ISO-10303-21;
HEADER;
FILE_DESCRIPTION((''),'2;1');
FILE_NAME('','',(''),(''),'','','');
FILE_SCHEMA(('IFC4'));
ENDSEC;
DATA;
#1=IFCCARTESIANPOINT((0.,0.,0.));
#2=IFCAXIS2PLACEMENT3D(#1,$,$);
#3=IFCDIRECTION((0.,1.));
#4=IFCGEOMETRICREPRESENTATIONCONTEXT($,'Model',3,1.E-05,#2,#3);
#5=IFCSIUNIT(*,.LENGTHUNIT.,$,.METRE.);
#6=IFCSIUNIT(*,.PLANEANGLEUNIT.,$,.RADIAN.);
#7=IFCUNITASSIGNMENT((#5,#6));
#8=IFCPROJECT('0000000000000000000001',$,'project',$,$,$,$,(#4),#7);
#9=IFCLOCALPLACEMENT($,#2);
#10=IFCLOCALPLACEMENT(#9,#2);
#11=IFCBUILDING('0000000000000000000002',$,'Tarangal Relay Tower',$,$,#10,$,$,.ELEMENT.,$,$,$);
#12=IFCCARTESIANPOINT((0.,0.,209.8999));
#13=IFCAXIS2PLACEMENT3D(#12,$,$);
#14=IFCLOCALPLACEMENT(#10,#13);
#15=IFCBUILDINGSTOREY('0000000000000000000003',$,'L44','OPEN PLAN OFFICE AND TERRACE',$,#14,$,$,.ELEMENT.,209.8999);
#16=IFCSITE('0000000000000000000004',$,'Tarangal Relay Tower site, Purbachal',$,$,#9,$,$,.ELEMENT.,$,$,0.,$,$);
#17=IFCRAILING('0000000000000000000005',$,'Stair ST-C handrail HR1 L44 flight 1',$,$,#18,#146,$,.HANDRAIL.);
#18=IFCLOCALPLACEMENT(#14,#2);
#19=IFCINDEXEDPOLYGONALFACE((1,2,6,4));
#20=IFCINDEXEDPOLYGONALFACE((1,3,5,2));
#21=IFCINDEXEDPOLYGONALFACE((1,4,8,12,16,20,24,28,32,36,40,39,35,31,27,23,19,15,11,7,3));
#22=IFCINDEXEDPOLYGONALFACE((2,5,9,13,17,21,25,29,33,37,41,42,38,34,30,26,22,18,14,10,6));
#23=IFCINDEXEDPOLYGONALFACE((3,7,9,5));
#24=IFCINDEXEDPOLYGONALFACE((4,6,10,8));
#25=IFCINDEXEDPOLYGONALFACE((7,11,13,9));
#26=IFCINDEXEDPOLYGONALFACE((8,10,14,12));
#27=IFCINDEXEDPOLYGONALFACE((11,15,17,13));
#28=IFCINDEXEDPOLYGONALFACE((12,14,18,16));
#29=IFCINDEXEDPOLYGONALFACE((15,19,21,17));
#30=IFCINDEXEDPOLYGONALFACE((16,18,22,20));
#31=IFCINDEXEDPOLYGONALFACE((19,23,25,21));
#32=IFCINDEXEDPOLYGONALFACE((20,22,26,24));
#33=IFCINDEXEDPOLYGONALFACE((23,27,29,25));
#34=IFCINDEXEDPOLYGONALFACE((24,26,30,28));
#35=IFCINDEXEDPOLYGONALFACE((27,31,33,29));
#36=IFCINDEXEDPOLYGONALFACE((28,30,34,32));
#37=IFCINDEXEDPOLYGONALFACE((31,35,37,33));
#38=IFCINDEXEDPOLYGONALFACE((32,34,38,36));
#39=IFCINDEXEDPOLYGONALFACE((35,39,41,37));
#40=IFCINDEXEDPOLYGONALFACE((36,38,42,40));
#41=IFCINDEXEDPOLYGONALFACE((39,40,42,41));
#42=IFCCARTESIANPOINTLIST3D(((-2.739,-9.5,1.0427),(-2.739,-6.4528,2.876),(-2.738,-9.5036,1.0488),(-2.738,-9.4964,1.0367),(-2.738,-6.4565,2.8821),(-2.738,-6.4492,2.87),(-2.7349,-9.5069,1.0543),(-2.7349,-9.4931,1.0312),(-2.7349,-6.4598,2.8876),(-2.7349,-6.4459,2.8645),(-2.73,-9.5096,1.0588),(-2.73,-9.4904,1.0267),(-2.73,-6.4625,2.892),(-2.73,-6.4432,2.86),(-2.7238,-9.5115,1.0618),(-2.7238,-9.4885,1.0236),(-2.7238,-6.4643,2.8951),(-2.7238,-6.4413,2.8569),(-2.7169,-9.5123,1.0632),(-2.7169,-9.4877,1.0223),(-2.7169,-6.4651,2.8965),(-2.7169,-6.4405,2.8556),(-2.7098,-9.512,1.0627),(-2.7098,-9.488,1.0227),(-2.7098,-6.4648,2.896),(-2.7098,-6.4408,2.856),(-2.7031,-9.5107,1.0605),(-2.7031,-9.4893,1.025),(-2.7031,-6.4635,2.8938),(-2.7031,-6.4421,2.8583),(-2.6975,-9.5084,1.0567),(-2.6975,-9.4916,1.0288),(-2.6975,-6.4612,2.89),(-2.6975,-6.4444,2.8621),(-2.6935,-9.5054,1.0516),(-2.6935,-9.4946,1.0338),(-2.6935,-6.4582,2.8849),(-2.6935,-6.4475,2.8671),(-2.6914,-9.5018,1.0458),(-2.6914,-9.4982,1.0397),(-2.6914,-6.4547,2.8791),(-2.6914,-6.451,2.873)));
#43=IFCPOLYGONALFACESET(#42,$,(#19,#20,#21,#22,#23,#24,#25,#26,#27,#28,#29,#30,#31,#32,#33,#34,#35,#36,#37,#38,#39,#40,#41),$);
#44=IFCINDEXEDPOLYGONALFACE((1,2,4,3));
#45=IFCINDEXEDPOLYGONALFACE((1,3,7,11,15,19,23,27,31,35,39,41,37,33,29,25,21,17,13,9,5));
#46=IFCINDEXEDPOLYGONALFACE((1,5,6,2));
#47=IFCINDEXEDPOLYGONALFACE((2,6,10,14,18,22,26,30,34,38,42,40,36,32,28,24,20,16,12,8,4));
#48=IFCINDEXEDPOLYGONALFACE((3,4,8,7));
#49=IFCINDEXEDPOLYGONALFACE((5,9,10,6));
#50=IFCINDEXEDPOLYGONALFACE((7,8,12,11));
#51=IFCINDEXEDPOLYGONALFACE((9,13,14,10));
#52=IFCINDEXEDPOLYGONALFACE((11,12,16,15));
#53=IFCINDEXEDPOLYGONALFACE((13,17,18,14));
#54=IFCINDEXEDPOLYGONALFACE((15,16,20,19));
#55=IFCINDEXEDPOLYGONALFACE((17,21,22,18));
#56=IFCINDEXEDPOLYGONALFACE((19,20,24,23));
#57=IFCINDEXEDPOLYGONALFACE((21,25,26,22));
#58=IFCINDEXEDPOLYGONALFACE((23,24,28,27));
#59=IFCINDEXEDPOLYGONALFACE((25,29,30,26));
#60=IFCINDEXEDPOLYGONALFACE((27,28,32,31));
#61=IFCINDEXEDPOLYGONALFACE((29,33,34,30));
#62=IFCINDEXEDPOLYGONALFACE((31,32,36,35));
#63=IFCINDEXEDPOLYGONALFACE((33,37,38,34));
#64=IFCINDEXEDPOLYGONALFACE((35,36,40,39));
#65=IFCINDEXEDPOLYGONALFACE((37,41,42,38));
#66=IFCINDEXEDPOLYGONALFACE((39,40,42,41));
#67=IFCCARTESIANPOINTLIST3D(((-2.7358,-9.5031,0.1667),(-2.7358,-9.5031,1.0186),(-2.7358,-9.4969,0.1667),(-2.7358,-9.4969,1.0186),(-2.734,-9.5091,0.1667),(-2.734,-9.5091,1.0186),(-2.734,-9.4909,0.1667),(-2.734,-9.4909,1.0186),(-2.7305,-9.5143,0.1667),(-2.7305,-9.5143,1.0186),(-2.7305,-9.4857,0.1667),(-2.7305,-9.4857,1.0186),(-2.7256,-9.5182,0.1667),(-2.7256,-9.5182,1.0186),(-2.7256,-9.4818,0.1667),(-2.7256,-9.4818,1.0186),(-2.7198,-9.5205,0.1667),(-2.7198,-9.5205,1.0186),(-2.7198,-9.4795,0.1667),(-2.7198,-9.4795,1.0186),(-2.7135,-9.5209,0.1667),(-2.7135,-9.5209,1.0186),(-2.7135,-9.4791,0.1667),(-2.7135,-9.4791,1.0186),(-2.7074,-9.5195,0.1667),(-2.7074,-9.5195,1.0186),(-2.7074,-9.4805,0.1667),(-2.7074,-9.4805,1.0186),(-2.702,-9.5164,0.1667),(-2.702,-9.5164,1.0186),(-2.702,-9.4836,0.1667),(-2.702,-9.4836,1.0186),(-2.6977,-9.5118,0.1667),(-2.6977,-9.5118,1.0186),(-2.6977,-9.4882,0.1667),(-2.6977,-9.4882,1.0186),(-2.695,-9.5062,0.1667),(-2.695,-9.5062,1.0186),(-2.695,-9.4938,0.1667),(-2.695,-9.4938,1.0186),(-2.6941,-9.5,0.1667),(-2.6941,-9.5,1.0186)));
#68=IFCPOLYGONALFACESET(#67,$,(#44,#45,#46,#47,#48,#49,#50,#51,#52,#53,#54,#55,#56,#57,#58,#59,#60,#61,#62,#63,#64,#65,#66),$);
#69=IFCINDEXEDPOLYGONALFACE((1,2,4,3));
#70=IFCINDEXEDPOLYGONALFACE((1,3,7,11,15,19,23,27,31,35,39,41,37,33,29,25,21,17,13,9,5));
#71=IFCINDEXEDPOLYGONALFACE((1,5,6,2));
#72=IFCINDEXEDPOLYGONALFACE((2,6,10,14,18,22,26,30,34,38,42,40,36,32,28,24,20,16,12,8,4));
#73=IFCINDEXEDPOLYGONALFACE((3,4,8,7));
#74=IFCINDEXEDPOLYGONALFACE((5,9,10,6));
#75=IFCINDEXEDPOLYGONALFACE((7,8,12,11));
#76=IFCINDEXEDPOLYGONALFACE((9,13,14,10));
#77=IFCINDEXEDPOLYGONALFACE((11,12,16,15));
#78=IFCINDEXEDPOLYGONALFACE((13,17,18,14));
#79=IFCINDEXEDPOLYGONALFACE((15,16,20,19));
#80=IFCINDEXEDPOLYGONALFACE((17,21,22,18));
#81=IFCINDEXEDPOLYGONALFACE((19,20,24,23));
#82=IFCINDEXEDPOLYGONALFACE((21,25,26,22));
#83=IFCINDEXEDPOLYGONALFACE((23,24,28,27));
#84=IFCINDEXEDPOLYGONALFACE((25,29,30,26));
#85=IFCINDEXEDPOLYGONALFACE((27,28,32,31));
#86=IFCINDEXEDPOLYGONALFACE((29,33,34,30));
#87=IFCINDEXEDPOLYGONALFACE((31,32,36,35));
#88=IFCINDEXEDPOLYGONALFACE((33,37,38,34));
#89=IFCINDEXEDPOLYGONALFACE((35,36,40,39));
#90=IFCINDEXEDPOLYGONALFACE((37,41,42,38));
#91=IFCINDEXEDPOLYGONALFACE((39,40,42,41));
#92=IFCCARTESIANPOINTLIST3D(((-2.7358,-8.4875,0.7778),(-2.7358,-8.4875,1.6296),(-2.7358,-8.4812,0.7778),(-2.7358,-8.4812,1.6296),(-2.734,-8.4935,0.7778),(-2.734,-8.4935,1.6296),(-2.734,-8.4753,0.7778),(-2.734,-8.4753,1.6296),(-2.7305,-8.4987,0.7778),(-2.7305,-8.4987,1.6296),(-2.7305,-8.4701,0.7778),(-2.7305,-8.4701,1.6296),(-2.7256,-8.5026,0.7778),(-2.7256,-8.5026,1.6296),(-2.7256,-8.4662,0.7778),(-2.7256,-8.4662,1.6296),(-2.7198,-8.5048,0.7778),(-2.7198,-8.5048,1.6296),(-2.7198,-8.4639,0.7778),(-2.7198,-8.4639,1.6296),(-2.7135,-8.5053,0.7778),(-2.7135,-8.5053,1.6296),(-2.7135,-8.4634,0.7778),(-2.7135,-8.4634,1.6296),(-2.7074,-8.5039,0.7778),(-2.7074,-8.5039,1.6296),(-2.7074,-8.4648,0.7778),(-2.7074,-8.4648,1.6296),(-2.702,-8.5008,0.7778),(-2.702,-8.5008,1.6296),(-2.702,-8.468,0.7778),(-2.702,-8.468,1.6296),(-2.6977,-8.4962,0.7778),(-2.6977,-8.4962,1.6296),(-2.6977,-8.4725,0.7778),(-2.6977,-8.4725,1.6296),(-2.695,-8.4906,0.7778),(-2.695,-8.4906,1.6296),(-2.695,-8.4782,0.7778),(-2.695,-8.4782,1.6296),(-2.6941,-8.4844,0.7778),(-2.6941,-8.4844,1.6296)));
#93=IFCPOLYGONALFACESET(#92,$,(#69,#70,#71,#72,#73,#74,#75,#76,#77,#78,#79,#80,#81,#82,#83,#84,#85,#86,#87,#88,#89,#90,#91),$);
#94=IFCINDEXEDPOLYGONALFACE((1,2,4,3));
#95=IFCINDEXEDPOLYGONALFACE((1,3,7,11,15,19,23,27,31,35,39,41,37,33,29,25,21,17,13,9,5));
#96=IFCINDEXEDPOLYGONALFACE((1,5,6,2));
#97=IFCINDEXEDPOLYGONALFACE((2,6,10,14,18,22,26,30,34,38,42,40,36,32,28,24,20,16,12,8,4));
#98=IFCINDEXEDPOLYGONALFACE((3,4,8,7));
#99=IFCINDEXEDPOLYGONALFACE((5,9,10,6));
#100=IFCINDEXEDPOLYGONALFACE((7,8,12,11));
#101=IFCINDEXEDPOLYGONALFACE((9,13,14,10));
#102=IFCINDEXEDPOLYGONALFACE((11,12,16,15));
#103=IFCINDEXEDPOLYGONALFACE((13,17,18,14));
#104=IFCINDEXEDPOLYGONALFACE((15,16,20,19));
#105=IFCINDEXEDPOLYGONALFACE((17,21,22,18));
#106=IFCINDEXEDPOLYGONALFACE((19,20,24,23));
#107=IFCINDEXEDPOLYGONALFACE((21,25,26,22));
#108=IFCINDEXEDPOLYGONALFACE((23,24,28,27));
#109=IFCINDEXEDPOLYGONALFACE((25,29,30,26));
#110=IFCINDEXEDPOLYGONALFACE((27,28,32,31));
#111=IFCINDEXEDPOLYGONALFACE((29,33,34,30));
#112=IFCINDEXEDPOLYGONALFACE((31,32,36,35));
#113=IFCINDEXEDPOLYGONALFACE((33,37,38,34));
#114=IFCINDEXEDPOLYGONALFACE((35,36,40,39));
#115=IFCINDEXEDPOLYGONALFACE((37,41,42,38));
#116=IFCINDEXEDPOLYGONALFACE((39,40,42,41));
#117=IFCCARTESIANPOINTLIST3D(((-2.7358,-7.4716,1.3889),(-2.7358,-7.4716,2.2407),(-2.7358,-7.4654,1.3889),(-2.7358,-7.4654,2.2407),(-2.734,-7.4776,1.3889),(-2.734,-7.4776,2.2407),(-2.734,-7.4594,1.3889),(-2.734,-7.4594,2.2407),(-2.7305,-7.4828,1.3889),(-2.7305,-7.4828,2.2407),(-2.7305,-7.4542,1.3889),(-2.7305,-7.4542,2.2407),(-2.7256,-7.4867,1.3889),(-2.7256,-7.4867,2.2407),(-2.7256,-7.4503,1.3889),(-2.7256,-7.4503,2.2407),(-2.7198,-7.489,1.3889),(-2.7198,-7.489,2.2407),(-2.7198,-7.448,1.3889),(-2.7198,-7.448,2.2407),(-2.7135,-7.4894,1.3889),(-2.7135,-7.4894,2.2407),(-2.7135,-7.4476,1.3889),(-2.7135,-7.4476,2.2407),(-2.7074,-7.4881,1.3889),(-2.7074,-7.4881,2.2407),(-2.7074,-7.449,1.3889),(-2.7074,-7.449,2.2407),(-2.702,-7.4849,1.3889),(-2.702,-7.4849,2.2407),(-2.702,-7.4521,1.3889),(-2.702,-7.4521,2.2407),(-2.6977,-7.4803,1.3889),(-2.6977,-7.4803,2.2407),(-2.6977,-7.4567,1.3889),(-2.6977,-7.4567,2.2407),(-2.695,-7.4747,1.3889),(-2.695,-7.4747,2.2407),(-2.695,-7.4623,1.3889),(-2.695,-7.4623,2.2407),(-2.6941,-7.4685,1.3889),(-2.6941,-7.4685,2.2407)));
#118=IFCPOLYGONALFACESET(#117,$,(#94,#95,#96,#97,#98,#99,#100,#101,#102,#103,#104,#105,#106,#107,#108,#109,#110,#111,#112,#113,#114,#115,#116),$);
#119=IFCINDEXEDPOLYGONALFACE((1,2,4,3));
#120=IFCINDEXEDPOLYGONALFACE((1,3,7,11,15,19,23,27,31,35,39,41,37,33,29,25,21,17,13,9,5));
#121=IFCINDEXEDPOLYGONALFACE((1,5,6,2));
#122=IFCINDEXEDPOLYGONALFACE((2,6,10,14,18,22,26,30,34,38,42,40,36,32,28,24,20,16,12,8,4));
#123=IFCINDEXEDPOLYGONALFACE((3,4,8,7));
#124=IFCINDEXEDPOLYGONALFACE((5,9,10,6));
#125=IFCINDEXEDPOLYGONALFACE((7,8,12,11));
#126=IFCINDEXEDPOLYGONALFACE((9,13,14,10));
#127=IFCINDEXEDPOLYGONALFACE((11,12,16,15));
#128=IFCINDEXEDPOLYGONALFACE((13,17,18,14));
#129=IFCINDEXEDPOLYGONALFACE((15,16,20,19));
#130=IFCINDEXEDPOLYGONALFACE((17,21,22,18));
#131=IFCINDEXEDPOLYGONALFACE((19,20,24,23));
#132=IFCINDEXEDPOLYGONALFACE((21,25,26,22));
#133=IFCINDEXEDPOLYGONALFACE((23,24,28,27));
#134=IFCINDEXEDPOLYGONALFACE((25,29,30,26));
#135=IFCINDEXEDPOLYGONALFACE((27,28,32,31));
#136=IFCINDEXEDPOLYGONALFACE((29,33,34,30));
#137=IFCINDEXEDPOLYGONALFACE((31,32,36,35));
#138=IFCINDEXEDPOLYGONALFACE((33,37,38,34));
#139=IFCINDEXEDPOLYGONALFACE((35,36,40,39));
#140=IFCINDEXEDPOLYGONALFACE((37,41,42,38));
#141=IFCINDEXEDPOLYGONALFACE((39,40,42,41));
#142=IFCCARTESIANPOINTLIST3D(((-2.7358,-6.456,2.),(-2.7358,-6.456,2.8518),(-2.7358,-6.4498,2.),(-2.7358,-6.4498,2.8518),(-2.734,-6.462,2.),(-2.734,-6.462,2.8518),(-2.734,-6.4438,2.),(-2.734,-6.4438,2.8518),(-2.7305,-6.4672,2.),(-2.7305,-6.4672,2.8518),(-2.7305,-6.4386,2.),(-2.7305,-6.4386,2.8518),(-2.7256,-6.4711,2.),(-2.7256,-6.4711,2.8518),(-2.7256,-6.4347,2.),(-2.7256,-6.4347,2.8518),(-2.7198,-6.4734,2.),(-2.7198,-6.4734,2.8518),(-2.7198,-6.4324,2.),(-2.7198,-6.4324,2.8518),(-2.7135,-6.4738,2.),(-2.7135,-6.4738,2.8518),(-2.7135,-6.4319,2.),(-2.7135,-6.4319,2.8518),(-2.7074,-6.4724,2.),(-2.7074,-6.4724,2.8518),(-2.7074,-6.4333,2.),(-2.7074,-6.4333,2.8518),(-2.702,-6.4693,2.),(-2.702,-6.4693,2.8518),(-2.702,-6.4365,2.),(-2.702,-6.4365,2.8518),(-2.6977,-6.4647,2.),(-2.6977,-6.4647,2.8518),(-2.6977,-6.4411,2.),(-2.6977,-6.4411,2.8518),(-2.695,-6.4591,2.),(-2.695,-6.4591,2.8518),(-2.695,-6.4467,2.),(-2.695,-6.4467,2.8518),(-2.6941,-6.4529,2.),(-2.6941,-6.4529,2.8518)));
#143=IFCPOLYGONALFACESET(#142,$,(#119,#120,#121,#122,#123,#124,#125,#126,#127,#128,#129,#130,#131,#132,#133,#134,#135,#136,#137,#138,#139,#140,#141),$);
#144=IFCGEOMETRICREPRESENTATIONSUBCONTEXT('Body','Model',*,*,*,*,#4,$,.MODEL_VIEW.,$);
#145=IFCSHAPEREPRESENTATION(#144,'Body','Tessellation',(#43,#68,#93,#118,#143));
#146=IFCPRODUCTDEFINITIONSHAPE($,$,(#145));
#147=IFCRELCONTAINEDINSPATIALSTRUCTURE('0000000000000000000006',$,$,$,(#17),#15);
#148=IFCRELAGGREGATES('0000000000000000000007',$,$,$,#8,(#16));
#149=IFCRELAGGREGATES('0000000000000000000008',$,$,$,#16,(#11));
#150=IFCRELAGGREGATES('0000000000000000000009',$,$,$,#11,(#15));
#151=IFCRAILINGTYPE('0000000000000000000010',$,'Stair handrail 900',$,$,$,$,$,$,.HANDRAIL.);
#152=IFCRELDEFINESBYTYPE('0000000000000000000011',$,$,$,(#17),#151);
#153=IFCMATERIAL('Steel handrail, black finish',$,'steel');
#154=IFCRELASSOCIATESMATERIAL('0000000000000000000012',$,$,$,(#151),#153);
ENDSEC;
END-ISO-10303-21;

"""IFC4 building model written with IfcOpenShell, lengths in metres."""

from ifc_helpers import new_model, si_unit, direction, frame, origin, origin_2d, place, context, subcontext, project, spatial, circle, extrude, material, type_object, element, save


model = new_model("IFC4")

# Units and contexts
model_context = context("Model", 3, precision=1e-05, world=origin(), true_north=direction((0.0, 1.0)))
body_context = subcontext(model_context, "Body", "Model", "MODEL_VIEW")
ifc_project = project(units=[si_unit("LENGTHUNIT", "METRE"), si_unit("PLANEANGLEUNIT", "RADIAN")], contexts=[model_context])

# Site, building, storey
site_placement = place(None, origin())
site = spatial("IfcSite", under=ifc_project, at=site_placement, Name="Tarangal Relay Tower site, Purbachal", CompositionType="ELEMENT", RefElevation=0.0)
building_placement = place(site_placement, origin())
building = spatial("IfcBuilding", under=site, at=building_placement, Name="Tarangal Relay Tower", CompositionType="ELEMENT")
storey_placement = place(building_placement, frame((0.0, 0.0, 209.8999)))
storey = spatial("IfcBuildingStorey", under=building, at=storey_placement, Name="L44", Description="OPEN PLAN OFFICE AND TERRACE", CompositionType="ELEMENT", Elevation=209.8999)

# Railing
ifc_material_1 = material(Name="Steel handrail, black finish", Category="steel")
railing_type_1 = type_object("IfcRailingType", Name="Stair handrail 900", PredefinedType="HANDRAIL", material=ifc_material_1)
railing_1_placement = place(storey_placement, frame((-2.7151, -9.5, 0.1667)))
element("IfcRailing", 1, at=railing_1_placement, inside=storey, type_object=railing_type_1, Name="Stair ST-C handrail HR1 L44 flight 1", PredefinedType="HANDRAIL", context=body_context, shape_type="SweptSolid", body=[
    extrude(circle(Radius=0.0239, at=origin_2d()), frame((0.0, 0.0, 0.876), z_axis=(0.0, 0.856874, 0.515525), x_axis=(-1.0, 0.0, 0.0)), (0.0, 0.0, 1.0), 3.5562),
    extrude(circle(Radius=0.021, at=origin_2d()), origin(), (0.0, 0.0, 1.0), 0.8518),
    extrude(circle(Radius=0.021, at=origin_2d()), frame((0.0, 1.0156, 0.6111)), (0.0, 0.0, 1.0), 0.8518),
    extrude(circle(Radius=0.021, at=origin_2d()), frame((0.0, 2.0315, 1.2222)), (0.0, 0.0, 1.0), 0.8518),
    extrude(circle(Radius=0.021, at=origin_2d()), frame((0.0, 3.0471, 1.8333)), (0.0, 0.0, 1.0), 0.8518),
])

save(model, "model.ifc")
